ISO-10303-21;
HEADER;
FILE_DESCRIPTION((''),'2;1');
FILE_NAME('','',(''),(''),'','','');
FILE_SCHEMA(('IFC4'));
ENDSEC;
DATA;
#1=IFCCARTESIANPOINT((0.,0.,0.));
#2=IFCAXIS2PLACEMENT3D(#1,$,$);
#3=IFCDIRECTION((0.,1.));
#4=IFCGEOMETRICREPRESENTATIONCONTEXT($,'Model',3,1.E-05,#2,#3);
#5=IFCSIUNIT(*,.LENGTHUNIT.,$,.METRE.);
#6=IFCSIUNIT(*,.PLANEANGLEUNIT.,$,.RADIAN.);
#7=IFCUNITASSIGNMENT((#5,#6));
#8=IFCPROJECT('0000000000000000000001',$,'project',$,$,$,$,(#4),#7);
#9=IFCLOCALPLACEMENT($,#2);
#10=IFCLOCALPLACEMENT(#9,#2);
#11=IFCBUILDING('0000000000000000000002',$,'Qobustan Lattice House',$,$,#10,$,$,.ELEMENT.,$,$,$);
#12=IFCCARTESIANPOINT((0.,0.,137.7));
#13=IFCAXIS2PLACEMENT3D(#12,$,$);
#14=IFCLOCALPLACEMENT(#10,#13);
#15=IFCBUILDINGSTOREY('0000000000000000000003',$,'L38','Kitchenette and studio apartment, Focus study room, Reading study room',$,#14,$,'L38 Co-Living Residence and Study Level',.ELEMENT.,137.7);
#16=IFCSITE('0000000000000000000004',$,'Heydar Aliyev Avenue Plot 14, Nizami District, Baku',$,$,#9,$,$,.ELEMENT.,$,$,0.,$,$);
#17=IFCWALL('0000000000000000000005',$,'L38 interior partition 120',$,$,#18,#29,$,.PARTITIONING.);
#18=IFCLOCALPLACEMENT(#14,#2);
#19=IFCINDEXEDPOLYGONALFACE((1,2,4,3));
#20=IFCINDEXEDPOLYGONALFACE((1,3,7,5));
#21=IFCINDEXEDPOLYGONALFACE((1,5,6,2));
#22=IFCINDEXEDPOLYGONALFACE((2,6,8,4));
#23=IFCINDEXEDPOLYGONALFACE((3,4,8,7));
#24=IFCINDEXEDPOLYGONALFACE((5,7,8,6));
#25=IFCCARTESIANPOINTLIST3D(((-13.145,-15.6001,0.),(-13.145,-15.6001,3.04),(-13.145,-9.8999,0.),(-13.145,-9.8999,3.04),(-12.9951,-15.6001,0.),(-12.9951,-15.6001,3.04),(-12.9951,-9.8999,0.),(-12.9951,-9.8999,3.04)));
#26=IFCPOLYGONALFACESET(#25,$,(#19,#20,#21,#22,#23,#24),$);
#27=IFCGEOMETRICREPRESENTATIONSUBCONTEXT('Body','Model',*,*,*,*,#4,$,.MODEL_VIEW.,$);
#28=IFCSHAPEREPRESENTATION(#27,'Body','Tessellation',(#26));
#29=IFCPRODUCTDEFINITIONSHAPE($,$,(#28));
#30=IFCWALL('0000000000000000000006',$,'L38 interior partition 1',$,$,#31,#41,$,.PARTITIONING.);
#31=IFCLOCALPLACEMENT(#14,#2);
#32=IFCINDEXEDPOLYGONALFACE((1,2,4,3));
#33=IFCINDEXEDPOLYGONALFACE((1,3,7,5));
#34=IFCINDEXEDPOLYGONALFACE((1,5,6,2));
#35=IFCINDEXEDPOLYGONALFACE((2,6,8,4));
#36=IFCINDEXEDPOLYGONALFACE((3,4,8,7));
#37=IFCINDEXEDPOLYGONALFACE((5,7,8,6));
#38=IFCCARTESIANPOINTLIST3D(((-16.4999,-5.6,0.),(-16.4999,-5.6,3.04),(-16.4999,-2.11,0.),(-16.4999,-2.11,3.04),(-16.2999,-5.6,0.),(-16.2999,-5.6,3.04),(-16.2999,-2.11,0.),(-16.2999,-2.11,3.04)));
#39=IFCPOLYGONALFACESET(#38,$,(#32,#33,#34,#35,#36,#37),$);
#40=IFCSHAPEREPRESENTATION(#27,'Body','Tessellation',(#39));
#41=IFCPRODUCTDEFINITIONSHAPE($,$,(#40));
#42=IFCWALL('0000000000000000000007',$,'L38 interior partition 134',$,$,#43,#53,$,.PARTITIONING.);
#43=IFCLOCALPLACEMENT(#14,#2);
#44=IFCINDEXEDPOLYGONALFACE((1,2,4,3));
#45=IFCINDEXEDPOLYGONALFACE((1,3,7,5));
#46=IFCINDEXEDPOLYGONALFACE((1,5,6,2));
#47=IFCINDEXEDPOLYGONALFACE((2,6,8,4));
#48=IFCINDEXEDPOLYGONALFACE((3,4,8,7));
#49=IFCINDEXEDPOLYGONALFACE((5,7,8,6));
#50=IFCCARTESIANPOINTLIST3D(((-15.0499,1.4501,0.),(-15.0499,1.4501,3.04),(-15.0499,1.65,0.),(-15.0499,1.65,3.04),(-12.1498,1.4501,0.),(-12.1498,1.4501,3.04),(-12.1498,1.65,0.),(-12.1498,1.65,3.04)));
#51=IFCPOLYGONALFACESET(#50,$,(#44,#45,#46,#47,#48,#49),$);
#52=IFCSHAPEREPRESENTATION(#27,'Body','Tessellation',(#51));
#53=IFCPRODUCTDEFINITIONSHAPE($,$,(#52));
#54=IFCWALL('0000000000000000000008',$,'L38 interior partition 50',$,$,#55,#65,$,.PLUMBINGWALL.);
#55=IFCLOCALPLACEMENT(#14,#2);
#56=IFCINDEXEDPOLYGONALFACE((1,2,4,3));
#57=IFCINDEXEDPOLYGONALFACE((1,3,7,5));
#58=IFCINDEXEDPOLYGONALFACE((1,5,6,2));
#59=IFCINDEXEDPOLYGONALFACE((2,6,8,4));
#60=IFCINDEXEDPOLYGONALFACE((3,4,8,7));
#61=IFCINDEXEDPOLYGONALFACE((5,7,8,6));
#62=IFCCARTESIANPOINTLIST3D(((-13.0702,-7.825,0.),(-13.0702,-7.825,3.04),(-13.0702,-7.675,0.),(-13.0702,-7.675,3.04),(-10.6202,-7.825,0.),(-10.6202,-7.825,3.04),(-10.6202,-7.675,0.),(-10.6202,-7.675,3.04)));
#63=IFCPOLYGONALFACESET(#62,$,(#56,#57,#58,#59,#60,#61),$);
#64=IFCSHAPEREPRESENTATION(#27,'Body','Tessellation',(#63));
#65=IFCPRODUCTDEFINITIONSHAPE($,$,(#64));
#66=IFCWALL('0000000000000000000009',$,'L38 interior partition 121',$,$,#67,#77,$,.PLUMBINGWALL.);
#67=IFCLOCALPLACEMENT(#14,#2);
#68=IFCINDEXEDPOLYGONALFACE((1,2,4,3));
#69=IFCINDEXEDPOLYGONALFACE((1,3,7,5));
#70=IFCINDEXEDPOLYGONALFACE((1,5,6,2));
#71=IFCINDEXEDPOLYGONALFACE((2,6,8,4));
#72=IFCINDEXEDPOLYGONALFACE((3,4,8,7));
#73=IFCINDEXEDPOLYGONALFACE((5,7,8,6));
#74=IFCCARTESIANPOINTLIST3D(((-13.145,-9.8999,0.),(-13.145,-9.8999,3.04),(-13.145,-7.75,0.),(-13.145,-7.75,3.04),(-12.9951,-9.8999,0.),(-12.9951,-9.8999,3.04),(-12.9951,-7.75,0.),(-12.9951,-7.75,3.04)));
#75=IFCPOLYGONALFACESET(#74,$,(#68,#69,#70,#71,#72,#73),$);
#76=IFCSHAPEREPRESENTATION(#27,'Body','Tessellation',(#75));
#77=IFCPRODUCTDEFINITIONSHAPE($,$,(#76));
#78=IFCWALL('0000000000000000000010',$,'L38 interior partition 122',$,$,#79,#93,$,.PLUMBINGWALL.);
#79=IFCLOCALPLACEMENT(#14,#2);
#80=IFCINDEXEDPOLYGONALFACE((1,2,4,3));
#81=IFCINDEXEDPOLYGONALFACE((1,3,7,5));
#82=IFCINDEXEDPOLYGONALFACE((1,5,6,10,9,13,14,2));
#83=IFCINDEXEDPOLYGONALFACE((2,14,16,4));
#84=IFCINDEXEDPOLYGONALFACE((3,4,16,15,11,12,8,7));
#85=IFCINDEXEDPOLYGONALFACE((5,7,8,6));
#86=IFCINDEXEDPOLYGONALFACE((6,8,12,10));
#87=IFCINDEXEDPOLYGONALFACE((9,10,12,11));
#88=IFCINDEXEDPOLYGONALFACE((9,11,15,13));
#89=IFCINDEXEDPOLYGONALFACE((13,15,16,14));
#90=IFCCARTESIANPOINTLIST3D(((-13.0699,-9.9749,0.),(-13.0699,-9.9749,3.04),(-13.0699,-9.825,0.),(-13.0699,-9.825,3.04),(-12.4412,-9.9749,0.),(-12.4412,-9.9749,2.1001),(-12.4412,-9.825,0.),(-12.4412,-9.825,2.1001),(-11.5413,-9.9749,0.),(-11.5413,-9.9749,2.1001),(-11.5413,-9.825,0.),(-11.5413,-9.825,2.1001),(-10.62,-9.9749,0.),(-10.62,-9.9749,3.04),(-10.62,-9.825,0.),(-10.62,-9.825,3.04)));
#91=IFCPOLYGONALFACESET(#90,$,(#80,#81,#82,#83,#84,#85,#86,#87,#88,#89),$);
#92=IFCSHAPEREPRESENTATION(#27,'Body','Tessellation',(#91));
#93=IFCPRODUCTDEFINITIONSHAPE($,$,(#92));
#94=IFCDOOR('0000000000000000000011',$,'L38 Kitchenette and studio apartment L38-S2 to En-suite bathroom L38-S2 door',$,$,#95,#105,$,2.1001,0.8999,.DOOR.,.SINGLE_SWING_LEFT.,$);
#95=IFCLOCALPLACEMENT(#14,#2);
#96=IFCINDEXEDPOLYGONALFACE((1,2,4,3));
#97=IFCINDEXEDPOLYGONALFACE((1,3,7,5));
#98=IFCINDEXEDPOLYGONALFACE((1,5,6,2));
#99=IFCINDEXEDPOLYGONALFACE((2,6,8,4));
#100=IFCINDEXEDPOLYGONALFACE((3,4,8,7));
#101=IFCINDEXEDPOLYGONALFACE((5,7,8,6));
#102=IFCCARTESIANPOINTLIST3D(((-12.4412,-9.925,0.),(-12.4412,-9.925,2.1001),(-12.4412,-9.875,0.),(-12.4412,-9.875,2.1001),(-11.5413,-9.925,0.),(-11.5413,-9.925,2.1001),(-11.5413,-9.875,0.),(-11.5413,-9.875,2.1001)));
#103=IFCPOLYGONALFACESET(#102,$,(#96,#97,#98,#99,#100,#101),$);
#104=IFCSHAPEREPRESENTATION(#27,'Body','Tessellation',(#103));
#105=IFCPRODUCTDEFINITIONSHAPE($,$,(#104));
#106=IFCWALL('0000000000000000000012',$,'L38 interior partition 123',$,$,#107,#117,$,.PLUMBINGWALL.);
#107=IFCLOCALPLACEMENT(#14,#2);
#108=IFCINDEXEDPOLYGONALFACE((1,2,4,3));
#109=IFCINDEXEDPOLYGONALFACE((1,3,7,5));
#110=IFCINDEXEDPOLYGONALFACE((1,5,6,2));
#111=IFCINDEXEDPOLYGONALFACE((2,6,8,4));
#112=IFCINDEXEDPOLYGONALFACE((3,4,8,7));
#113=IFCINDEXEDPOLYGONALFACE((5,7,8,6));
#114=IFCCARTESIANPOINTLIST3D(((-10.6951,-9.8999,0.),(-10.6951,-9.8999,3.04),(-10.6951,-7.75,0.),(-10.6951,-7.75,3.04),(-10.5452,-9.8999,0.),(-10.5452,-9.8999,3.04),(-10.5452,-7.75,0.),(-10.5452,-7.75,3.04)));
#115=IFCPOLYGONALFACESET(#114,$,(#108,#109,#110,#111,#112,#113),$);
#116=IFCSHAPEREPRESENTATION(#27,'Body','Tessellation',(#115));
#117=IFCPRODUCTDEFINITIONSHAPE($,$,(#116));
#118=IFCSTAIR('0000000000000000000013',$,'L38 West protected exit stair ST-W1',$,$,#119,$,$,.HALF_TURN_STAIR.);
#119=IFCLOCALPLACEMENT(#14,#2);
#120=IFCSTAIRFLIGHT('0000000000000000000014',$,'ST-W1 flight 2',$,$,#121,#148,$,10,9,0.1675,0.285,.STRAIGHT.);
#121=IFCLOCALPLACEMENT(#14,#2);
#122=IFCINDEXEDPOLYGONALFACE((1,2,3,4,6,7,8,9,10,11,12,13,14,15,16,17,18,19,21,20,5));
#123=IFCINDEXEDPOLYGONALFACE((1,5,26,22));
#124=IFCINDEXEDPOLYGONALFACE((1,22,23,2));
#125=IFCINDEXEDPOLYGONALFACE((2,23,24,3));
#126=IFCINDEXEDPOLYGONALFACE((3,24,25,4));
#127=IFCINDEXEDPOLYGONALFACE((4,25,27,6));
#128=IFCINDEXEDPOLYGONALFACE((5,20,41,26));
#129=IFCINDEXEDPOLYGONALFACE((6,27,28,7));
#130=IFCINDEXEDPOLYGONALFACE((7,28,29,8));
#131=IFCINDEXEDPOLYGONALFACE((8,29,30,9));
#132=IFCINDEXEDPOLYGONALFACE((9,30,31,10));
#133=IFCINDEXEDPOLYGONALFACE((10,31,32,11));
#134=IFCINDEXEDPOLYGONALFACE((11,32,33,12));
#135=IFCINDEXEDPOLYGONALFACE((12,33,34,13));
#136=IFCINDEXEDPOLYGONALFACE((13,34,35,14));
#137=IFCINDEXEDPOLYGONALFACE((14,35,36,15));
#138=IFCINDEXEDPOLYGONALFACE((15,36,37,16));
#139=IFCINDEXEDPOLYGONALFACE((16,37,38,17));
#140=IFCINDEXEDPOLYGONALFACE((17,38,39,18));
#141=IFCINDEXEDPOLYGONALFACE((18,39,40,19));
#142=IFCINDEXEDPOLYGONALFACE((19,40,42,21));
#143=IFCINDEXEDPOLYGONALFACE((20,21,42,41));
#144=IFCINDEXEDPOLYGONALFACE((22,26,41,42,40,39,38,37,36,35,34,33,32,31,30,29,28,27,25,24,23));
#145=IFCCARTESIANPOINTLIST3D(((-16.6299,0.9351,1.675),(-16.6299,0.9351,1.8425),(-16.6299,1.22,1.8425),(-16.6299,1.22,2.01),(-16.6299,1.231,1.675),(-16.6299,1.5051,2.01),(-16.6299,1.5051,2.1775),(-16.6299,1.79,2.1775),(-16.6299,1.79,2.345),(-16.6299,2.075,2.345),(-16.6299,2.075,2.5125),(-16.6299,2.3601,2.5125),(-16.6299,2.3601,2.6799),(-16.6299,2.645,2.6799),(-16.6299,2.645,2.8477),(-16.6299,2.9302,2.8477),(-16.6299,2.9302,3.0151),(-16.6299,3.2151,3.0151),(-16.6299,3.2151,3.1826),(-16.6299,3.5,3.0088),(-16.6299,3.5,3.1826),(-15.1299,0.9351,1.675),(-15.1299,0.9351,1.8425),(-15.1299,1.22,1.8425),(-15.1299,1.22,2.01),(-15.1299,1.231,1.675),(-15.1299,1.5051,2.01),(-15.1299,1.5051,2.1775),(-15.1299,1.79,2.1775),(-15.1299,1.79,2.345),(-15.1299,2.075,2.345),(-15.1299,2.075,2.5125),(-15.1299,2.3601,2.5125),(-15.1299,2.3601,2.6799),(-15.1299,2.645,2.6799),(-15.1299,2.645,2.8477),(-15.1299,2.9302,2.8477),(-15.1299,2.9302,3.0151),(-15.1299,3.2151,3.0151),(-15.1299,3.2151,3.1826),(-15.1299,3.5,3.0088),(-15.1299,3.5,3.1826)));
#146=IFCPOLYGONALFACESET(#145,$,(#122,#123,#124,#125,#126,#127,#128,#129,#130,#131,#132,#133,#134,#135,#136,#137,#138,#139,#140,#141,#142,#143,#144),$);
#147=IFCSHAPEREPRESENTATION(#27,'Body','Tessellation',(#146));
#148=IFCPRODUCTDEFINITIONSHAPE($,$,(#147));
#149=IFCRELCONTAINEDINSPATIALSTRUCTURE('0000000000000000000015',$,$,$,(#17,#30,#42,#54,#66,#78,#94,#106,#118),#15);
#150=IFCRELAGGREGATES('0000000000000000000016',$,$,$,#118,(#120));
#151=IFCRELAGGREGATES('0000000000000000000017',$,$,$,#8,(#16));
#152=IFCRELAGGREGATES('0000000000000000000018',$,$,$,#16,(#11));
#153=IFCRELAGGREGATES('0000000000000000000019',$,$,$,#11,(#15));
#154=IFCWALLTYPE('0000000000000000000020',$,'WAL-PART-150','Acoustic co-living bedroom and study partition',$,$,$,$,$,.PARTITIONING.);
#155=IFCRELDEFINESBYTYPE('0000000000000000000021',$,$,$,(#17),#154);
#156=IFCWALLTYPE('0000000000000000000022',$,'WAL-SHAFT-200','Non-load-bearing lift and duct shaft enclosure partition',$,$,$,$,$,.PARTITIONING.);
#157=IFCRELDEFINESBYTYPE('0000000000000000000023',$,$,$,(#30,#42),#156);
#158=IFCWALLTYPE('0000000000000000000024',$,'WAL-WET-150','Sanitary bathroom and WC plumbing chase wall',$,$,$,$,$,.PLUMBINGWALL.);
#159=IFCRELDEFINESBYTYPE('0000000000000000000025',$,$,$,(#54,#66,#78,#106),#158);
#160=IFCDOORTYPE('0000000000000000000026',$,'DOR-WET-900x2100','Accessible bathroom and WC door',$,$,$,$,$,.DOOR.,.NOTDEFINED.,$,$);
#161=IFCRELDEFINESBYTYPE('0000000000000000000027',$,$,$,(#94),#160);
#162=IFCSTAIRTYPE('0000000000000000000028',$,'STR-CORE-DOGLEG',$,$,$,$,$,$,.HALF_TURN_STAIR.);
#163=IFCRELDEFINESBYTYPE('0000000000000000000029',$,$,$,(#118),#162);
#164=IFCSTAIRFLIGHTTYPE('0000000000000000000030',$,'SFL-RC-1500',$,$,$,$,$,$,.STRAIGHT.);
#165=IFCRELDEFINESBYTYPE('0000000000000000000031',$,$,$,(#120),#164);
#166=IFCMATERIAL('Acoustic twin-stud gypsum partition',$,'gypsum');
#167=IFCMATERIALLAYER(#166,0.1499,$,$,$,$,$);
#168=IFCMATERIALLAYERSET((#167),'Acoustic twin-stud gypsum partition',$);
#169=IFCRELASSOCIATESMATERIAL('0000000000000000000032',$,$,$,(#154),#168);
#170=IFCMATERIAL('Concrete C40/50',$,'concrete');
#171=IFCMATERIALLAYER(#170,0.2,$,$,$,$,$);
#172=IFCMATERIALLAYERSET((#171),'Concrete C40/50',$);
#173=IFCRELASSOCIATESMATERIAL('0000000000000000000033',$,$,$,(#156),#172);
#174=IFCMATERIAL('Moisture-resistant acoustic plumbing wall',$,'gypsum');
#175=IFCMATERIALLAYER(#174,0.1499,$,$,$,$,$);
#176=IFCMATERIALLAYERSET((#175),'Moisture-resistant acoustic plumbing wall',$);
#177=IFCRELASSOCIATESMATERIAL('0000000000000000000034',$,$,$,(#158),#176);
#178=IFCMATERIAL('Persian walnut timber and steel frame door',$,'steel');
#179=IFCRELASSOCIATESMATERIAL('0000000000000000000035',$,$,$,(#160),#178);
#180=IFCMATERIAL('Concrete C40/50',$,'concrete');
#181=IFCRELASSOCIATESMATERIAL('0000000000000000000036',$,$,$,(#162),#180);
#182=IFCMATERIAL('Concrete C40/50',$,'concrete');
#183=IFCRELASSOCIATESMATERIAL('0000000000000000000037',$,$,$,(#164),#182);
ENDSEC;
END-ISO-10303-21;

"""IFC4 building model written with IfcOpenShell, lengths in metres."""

from ifc_helpers import new_model, si_unit, direction, frame, frame_2d, origin, place, context, subcontext, project, spatial, polyline, rectangle, outline, extrude, material, layer, layer_set, type_object, element, fill, aggregate, save


model = new_model("IFC4")

# Units and contexts
model_context = context("Model", 3, precision=1e-05, world=origin(), true_north=direction((0.0, 1.0)))
body_context = subcontext(model_context, "Body", "Model", "MODEL_VIEW")
ifc_project = project(units=[si_unit("LENGTHUNIT", "METRE"), si_unit("PLANEANGLEUNIT", "RADIAN")], contexts=[model_context])

# Site, building, storey
site_placement = place(None, origin())
site = spatial("IfcSite", under=ifc_project, at=site_placement, Name="Heydar Aliyev Avenue Plot 14, Nizami District, Baku", CompositionType="ELEMENT", RefElevation=0.0)
building_placement = place(site_placement, origin())
building = spatial("IfcBuilding", under=site, at=building_placement, Name="Qobustan Lattice House", CompositionType="ELEMENT")
storey_placement = place(building_placement, frame((0.0, 0.0, 137.7)))
storey = spatial("IfcBuildingStorey", under=building, at=storey_placement, Name="L38", Description="Kitchenette and studio apartment, Focus study room, Reading study room", LongName="L38 Co-Living Residence and Study Level", CompositionType="ELEMENT", Elevation=137.7)

# Shared definitions
ifc_material_1 = material(Name="Acoustic twin-stud gypsum partition", Category="gypsum")
ifc_layer_1 = layer(ifc_material_1, 0.1499)
ifc_layer_set_1 = layer_set([ifc_layer_1], Name="Acoustic twin-stud gypsum partition")
wall_type_1 = type_object("IfcWallType", Name="WAL-PART-150", Description="Acoustic co-living bedroom and study partition", PredefinedType="PARTITIONING", material=ifc_layer_set_1)

# Walls
wall_1_placement = place(storey_placement, frame((-13.0701, -9.8999, 0.0), z_axis=(0.0, 0.0, 1.0), x_axis=(0.0, -1.0, 0.0)))
element("IfcWall", 1, at=wall_1_placement, inside=storey, type_object=wall_type_1, Name="L38 interior partition 120", PredefinedType="PARTITIONING", context=body_context, shape_type="SweptSolid", body=[
    extrude(rectangle(XDim=5.7002, YDim=0.1499, at=frame_2d((2.8501, 0.0))), origin(), (0.0, 0.0, 1.0), 3.04),
])
ifc_material_2 = material(Name="Concrete C40/50", Category="concrete")
ifc_layer_2 = layer(ifc_material_2, 0.2)
ifc_layer_set_2 = layer_set([ifc_layer_2], Name="Concrete C40/50")
wall_type_2 = type_object("IfcWallType", Name="WAL-SHAFT-200", Description="Non-load-bearing lift and duct shaft enclosure partition", PredefinedType="PARTITIONING", material=ifc_layer_set_2)
wall_2_placement = place(storey_placement, frame((-16.3999, -5.6001, 0.0), z_axis=(0.0, 0.0, 1.0), x_axis=(0.0, 1.0, 0.0)))
element("IfcWall", 2, at=wall_2_placement, inside=storey, type_object=wall_type_2, Name="L38 interior partition 1", PredefinedType="PARTITIONING", context=body_context, shape_type="SweptSolid", body=[
    extrude(rectangle(XDim=3.49, YDim=0.2, at=frame_2d((1.7451, 0.0))), origin(), (0.0, 0.0, 1.0), 3.04),
])
wall_3_placement = place(storey_placement, frame((-15.05, 1.55, 0.0), z_axis=(0.0, 0.0, 1.0), x_axis=(1.0, 0.0, 0.0)))
element("IfcWall", 3, at=wall_3_placement, inside=storey, type_object=wall_type_2, Name="L38 interior partition 134", PredefinedType="PARTITIONING", context=body_context, shape_type="SweptSolid", body=[
    extrude(rectangle(XDim=2.9001, YDim=0.2, at=frame_2d((1.4502, 0.0))), origin(), (0.0, 0.0, 1.0), 3.04),
])
ifc_material_3 = material(Name="Moisture-resistant acoustic plumbing wall", Category="gypsum")
ifc_layer_3 = layer(ifc_material_3, 0.1499)
ifc_layer_set_3 = layer_set([ifc_layer_3], Name="Moisture-resistant acoustic plumbing wall")
wall_type_3 = type_object("IfcWallType", Name="WAL-WET-150", Description="Sanitary bathroom and WC plumbing chase wall", PredefinedType="PLUMBINGWALL", material=ifc_layer_set_3)
wall_4_placement = place(storey_placement, frame((-10.6201, -7.75, 0.0), z_axis=(0.0, 0.0, 1.0), x_axis=(-1.0, 0.0, 0.0)))
element("IfcWall", 4, at=wall_4_placement, inside=storey, type_object=wall_type_3, Name="L38 interior partition 50", PredefinedType="PLUMBINGWALL", context=body_context, shape_type="SweptSolid", body=[
    extrude(rectangle(XDim=2.45, YDim=0.1499, at=frame_2d((1.2251, 0.0))), origin(), (0.0, 0.0, 1.0), 3.04),
])
wall_5_placement = place(storey_placement, frame((-13.0701, -7.75, 0.0), z_axis=(0.0, 0.0, 1.0), x_axis=(0.0, -1.0, 0.0)))
element("IfcWall", 5, at=wall_5_placement, inside=storey, type_object=wall_type_3, Name="L38 interior partition 121", PredefinedType="PLUMBINGWALL", context=body_context, shape_type="SweptSolid", body=[
    extrude(rectangle(XDim=2.1499, YDim=0.1499, at=frame_2d((1.075, 0.0))), origin(), (0.0, 0.0, 1.0), 3.04),
])

# Wall, opening, door
wall_6_placement = place(storey_placement, frame((-13.0701, -9.8999, 0.0), z_axis=(0.0, 0.0, 1.0), x_axis=(1.0, 0.0, 0.0)))
wall_6 = element("IfcWall", 6, at=wall_6_placement, inside=storey, type_object=wall_type_3, Name="L38 interior partition 122", PredefinedType="PLUMBINGWALL", context=body_context, shape_type="SweptSolid", body=[
    extrude(rectangle(XDim=2.45, YDim=0.1499, at=frame_2d((1.2251, 0.0))), origin(), (0.0, 0.0, 1.0), 3.04),
])
opening_1_placement = place(wall_6_placement, frame((0.6289, 0.0, 0.0)))
opening_1 = element("IfcOpeningElement", 7, at=opening_1_placement, cuts=wall_6, PredefinedType="OPENING", context=body_context, shape_type="SweptSolid", body=[
    extrude(rectangle(XDim=0.8999, YDim=2.1001, at=frame_2d((0.45, 1.05))), frame((0.0, 0.085, 0.0), z_axis=(0.0, -1.0, 0.0), x_axis=(1.0, 0.0, 0.0)), (0.0, 0.0, 1.0), 0.1699),
])
ifc_material_4 = material(Name="Persian walnut timber and steel frame door", Category="steel")
door_type_1 = type_object("IfcDoorType", Name="DOR-WET-900x2100", Description="Accessible bathroom and WC door", OperationType="NOTDEFINED", PredefinedType="DOOR", material=ifc_material_4)
door_1_placement = place(opening_1_placement, origin())
door_1 = element("IfcDoor", 8, at=door_1_placement, inside=storey, type_object=door_type_1, Name="L38 Kitchenette and studio apartment L38-S2 to En-suite bathroom L38-S2 door", OperationType="SINGLE_SWING_LEFT", OverallHeight=2.1001, OverallWidth=0.8999, PredefinedType="DOOR", context=body_context, shape_type="SweptSolid", body=[
    extrude(rectangle(XDim=0.8999, YDim=2.1001, at=frame_2d((0.45, 1.05))), frame((0.0, 0.0249, 0.0), z_axis=(0.0, -1.0, 0.0), x_axis=(1.0, 0.0, 0.0)), (0.0, 0.0, 1.0), 0.05),
])
fill(opening_1, door_1)

# Wall
wall_7_placement = place(storey_placement, frame((-10.6201, -9.8999, 0.0), z_axis=(0.0, 0.0, 1.0), x_axis=(0.0, 1.0, 0.0)))
element("IfcWall", 9, at=wall_7_placement, inside=storey, type_object=wall_type_3, Name="L38 interior partition 123", PredefinedType="PLUMBINGWALL", context=body_context, shape_type="SweptSolid", body=[
    extrude(rectangle(XDim=2.1499, YDim=0.1499, at=frame_2d((1.075, 0.0))), origin(), (0.0, 0.0, 1.0), 3.04),
])

# Stair, stair flight
ifc_material_5 = material(Name="Concrete C40/50", Category="concrete")
stair_type = type_object("IfcStairType", Name="STR-CORE-DOGLEG", PredefinedType="HALF_TURN_STAIR", material=ifc_material_5)
stair_placement = place(storey_placement, origin())
stair = element("IfcStair", 10, at=stair_placement, inside=storey, type_object=stair_type, Name="L38 West protected exit stair ST-W1", PredefinedType="HALF_TURN_STAIR")
ifc_material_6 = material(Name="Concrete C40/50", Category="concrete")
stair_flight_type = type_object("IfcStairFlightType", Name="SFL-RC-1500", PredefinedType="STRAIGHT", material=ifc_material_6)
stair_flight_placement = place(storey_placement, frame((-15.8799, 0.9351, 1.675), z_axis=(0.0, 0.0, 1.0), x_axis=(0.0, 1.0, 0.0)))
stair_flight = element("IfcStairFlight", 11, at=stair_flight_placement, type_object=stair_flight_type, Name="ST-W1 flight 2", NumberOfRisers=10, NumberOfTreads=9, PredefinedType="STRAIGHT", RiserHeight=0.1675, TreadLength=0.285, context=body_context, shape_type="SweptSolid", body=[
    extrude(outline(polyline([(0.0, 0.0), (0.0, 0.1675), (0.2849, 0.1675), (0.2849, 0.335), (0.5701, 0.335), (0.5701, 0.5024), (0.855, 0.5024), (0.855, 0.6699), (1.1399, 0.6699), (1.1399, 0.8374), (1.425, 0.8374), (1.425, 1.0049), (1.71, 1.0049), (1.71, 1.1726), (1.9951, 1.1726), (1.9951, 1.3401), (2.28, 1.3401), (2.28, 1.5076), (2.5649, 1.5076), (2.5649, 1.675), (2.5649, 1.3337), (0.2959, 0.0), (0.0, 0.0)])), frame((0.0, 0.75, 0.0), z_axis=(0.0, -1.0, 0.0), x_axis=(1.0, 0.0, 0.0)), (0.0, 0.0, 1.0), 1.5),
])
aggregate(stair, [stair_flight])

save(model, "model.ifc")
